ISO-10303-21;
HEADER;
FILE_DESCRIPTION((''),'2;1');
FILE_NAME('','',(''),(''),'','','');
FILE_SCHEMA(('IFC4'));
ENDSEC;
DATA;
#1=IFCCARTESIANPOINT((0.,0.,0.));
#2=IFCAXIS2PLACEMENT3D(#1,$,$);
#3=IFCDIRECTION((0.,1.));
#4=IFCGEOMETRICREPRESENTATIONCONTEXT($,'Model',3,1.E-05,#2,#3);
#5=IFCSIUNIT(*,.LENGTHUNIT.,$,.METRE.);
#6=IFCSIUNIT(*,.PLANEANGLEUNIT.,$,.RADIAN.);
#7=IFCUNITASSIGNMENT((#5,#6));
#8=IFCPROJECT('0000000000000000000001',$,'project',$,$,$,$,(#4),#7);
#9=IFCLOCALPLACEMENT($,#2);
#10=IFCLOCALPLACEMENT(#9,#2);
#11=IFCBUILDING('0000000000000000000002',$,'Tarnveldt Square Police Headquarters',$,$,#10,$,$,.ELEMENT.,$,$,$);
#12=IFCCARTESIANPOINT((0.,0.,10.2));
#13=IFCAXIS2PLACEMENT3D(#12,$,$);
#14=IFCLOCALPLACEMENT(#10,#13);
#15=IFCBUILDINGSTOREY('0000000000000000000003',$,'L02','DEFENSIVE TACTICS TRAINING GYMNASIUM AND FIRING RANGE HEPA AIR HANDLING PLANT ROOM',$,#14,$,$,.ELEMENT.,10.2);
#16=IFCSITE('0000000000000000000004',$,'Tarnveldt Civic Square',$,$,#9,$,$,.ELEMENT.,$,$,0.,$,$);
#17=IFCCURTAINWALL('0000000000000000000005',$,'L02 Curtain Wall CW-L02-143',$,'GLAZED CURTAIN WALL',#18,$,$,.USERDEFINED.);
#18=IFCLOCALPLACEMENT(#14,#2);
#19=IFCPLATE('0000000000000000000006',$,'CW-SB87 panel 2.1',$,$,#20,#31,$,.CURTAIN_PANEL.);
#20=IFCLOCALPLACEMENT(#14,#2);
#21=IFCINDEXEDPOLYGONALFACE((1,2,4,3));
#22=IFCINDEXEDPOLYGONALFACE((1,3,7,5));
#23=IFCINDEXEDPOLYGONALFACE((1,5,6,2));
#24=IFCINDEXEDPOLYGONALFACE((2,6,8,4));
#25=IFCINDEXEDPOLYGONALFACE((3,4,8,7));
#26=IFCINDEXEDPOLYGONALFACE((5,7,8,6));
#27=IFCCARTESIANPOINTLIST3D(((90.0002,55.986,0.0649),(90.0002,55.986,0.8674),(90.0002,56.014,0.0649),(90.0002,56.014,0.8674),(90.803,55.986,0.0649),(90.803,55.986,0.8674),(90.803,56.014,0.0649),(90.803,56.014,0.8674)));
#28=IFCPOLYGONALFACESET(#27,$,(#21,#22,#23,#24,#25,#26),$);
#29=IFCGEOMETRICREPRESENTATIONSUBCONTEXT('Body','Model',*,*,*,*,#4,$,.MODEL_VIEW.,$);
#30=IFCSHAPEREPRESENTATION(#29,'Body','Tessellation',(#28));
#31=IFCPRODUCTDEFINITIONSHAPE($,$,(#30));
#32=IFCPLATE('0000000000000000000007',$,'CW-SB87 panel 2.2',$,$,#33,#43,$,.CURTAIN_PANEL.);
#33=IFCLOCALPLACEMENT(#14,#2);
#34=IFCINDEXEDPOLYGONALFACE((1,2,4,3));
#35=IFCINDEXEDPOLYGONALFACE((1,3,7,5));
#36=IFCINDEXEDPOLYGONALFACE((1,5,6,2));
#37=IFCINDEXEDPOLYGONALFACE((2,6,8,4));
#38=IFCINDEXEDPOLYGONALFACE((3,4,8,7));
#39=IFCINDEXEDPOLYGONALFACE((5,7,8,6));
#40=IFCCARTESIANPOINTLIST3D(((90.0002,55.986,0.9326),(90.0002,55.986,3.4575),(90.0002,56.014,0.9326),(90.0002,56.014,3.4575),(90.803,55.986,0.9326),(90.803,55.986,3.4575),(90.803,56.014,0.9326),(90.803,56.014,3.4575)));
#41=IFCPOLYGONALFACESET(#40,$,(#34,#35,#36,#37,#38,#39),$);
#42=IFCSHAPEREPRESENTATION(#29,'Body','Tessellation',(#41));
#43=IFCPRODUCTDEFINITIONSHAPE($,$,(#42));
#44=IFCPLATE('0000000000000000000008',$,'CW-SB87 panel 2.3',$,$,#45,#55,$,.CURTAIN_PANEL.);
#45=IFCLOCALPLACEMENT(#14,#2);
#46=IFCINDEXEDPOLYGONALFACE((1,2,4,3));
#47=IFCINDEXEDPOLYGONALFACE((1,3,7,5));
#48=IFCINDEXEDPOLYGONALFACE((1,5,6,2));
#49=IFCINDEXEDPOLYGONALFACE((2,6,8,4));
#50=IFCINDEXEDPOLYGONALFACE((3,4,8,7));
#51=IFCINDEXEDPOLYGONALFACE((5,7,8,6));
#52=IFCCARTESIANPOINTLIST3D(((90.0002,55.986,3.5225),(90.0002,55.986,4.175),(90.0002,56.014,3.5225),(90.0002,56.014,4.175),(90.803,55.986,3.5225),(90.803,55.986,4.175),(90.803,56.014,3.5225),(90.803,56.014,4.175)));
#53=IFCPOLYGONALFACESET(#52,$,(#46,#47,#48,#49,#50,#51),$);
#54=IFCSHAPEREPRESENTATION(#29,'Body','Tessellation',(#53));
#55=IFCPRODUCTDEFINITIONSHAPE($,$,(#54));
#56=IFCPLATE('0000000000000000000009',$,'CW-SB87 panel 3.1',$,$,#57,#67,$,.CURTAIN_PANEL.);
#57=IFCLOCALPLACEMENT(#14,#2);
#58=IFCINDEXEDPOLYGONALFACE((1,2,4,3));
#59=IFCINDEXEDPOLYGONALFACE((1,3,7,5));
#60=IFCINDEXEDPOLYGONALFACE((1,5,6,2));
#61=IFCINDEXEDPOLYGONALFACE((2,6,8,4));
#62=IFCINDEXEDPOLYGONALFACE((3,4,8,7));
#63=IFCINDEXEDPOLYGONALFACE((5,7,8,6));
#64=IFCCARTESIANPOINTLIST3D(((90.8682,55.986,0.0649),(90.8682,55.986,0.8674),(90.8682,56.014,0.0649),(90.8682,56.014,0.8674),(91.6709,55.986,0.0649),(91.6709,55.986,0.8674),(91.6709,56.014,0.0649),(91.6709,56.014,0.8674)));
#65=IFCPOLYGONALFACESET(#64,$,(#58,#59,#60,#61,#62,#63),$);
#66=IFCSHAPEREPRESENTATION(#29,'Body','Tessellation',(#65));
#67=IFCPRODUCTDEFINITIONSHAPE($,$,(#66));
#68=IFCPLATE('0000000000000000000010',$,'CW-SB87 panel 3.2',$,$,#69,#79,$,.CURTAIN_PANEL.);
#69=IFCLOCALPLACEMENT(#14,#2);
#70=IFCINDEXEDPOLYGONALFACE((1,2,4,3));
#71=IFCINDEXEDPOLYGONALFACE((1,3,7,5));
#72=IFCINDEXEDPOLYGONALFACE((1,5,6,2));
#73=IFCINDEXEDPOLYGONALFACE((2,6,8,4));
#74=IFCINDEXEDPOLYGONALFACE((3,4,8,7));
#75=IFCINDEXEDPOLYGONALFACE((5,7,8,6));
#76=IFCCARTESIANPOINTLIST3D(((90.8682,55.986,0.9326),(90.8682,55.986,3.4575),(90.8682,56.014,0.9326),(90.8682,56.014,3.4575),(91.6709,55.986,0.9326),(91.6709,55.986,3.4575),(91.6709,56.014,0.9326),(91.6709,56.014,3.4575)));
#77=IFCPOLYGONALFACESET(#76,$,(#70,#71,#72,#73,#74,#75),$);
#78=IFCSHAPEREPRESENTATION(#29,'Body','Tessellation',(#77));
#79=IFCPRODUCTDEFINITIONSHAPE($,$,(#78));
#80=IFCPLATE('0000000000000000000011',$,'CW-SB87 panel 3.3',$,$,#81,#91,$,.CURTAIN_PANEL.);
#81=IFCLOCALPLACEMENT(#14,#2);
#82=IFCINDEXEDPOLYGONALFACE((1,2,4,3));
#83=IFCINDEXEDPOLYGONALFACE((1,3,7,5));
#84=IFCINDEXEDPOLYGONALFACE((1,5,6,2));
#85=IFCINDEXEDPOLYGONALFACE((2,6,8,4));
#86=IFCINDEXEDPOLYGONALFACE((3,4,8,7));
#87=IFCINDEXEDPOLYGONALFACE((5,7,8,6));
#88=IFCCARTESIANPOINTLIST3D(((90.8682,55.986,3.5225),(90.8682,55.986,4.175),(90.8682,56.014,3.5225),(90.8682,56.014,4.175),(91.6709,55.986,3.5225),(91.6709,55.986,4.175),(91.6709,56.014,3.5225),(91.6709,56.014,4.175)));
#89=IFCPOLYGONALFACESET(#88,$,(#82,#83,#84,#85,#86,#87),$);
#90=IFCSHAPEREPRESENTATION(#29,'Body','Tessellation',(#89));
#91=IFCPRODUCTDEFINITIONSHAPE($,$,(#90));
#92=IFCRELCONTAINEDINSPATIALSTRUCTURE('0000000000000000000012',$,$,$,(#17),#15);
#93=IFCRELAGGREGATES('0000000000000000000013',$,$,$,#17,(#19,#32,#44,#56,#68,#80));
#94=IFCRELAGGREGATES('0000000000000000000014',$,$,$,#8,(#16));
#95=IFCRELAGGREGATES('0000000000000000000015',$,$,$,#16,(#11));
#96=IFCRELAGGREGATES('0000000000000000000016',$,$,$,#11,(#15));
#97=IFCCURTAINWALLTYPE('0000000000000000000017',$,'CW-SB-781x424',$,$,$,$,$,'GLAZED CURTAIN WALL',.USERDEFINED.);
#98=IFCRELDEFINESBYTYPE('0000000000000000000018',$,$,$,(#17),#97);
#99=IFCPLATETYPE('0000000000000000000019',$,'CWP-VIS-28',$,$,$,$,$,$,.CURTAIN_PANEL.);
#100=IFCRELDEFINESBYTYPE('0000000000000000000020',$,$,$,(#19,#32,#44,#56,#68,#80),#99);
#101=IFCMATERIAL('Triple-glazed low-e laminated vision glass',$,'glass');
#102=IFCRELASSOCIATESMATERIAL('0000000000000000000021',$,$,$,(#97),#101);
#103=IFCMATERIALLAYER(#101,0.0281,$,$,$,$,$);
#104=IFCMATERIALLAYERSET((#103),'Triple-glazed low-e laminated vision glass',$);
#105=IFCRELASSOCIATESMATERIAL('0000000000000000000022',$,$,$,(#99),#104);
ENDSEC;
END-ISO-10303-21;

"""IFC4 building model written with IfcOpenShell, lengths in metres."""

from ifc_helpers import new_model, si_unit, direction, frame, origin, origin_2d, place, context, subcontext, project, spatial, rectangle, extrude, material, layer, layer_set, type_object, element, aggregate, save


model = new_model("IFC4")

# Units and contexts
model_context = context("Model", 3, precision=1e-05, world=origin(), true_north=direction((0.0, 1.0)))
body_context = subcontext(model_context, "Body", "Model", "MODEL_VIEW")
ifc_project = project(units=[si_unit("LENGTHUNIT", "METRE"), si_unit("PLANEANGLEUNIT", "RADIAN")], contexts=[model_context])

# Site, building, storey
site_placement = place(None, origin())
site = spatial("IfcSite", under=ifc_project, at=site_placement, Name="Tarnveldt Civic Square", CompositionType="ELEMENT", RefElevation=0.0)
building_placement = place(site_placement, origin())
building = spatial("IfcBuilding", under=site, at=building_placement, Name="Tarnveldt Square Police Headquarters", CompositionType="ELEMENT")
storey_placement = place(building_placement, frame((0.0, 0.0, 10.2)))
storey = spatial("IfcBuildingStorey", under=building, at=storey_placement, Name="L02", Description="DEFENSIVE TACTICS TRAINING GYMNASIUM AND FIRING RANGE HEPA AIR HANDLING PLANT ROOM", CompositionType="ELEMENT", Elevation=10.2)

# Curtain wall, plates
ifc_material_1 = material(Name="Triple-glazed low-e laminated vision glass", Category="glass")
curtain_wall_type = type_object("IfcCurtainWallType", Name="CW-SB-781x424", ElementType="GLAZED CURTAIN WALL", PredefinedType="USERDEFINED", material=ifc_material_1)
curtain_wall_placement = place(storey_placement, origin())
curtain_wall = element("IfcCurtainWall", 1, at=curtain_wall_placement, inside=storey, type_object=curtain_wall_type, Name="L02 Curtain Wall CW-L02-143", ObjectType="GLAZED CURTAIN WALL", PredefinedType="USERDEFINED")
ifc_layer = layer(ifc_material_1, 0.0281)
ifc_layer_set = layer_set([ifc_layer], Name="Triple-glazed low-e laminated vision glass")
plate_type = type_object("IfcPlateType", Name="CWP-VIS-28", PredefinedType="CURTAIN_PANEL", material=ifc_layer_set)
plate_1_placement = place(storey_placement, frame((90.4016, 56.0, 0.0649), z_axis=(0.0, 0.0, 1.0), x_axis=(1.0, 0.0, 0.0)))
plate_1 = element("IfcPlate", 2, at=plate_1_placement, type_object=plate_type, Name="CW-SB87 panel 2.1", PredefinedType="CURTAIN_PANEL", context=body_context, shape_type="SweptSolid", body=[
    extrude(rectangle(XDim=0.8027, YDim=0.0281, at=origin_2d()), origin(), (0.0, 0.0, 1.0), 0.8025),
])
plate_2_placement = place(storey_placement, frame((90.4016, 56.0, 0.9326), z_axis=(0.0, 0.0, 1.0), x_axis=(1.0, 0.0, 0.0)))
plate_2 = element("IfcPlate", 3, at=plate_2_placement, type_object=plate_type, Name="CW-SB87 panel 2.2", PredefinedType="CURTAIN_PANEL", context=body_context, shape_type="SweptSolid", body=[
    extrude(rectangle(XDim=0.8027, YDim=0.0281, at=origin_2d()), origin(), (0.0, 0.0, 1.0), 2.5249),
])
plate_3_placement = place(storey_placement, frame((90.4016, 56.0, 3.5225), z_axis=(0.0, 0.0, 1.0), x_axis=(1.0, 0.0, 0.0)))
plate_3 = element("IfcPlate", 4, at=plate_3_placement, type_object=plate_type, Name="CW-SB87 panel 2.3", PredefinedType="CURTAIN_PANEL", context=body_context, shape_type="SweptSolid", body=[
    extrude(rectangle(XDim=0.8027, YDim=0.0281, at=origin_2d()), origin(), (0.0, 0.0, 1.0), 0.6526),
])
plate_4_placement = place(storey_placement, frame((91.2695, 56.0, 0.0649), z_axis=(0.0, 0.0, 1.0), x_axis=(1.0, 0.0, 0.0)))
plate_4 = element("IfcPlate", 5, at=plate_4_placement, type_object=plate_type, Name="CW-SB87 panel 3.1", PredefinedType="CURTAIN_PANEL", context=body_context, shape_type="SweptSolid", body=[
    extrude(rectangle(XDim=0.8027, YDim=0.0281, at=origin_2d()), origin(), (0.0, 0.0, 1.0), 0.8025),
])
plate_5_placement = place(storey_placement, frame((91.2695, 56.0, 0.9326), z_axis=(0.0, 0.0, 1.0), x_axis=(1.0, 0.0, 0.0)))
plate_5 = element("IfcPlate", 6, at=plate_5_placement, type_object=plate_type, Name="CW-SB87 panel 3.2", PredefinedType="CURTAIN_PANEL", context=body_context, shape_type="SweptSolid", body=[
    extrude(rectangle(XDim=0.8027, YDim=0.0281, at=origin_2d()), origin(), (0.0, 0.0, 1.0), 2.5249),
])
plate_6_placement = place(storey_placement, frame((91.2695, 56.0, 3.5225), z_axis=(0.0, 0.0, 1.0), x_axis=(1.0, 0.0, 0.0)))
plate_6 = element("IfcPlate", 7, at=plate_6_placement, type_object=plate_type, Name="CW-SB87 panel 3.3", PredefinedType="CURTAIN_PANEL", context=body_context, shape_type="SweptSolid", body=[
    extrude(rectangle(XDim=0.8027, YDim=0.0281, at=origin_2d()), origin(), (0.0, 0.0, 1.0), 0.6526),
])
aggregate(curtain_wall, [plate_1, plate_2, plate_3, plate_4, plate_5, plate_6])

save(model, "model.ifc")
